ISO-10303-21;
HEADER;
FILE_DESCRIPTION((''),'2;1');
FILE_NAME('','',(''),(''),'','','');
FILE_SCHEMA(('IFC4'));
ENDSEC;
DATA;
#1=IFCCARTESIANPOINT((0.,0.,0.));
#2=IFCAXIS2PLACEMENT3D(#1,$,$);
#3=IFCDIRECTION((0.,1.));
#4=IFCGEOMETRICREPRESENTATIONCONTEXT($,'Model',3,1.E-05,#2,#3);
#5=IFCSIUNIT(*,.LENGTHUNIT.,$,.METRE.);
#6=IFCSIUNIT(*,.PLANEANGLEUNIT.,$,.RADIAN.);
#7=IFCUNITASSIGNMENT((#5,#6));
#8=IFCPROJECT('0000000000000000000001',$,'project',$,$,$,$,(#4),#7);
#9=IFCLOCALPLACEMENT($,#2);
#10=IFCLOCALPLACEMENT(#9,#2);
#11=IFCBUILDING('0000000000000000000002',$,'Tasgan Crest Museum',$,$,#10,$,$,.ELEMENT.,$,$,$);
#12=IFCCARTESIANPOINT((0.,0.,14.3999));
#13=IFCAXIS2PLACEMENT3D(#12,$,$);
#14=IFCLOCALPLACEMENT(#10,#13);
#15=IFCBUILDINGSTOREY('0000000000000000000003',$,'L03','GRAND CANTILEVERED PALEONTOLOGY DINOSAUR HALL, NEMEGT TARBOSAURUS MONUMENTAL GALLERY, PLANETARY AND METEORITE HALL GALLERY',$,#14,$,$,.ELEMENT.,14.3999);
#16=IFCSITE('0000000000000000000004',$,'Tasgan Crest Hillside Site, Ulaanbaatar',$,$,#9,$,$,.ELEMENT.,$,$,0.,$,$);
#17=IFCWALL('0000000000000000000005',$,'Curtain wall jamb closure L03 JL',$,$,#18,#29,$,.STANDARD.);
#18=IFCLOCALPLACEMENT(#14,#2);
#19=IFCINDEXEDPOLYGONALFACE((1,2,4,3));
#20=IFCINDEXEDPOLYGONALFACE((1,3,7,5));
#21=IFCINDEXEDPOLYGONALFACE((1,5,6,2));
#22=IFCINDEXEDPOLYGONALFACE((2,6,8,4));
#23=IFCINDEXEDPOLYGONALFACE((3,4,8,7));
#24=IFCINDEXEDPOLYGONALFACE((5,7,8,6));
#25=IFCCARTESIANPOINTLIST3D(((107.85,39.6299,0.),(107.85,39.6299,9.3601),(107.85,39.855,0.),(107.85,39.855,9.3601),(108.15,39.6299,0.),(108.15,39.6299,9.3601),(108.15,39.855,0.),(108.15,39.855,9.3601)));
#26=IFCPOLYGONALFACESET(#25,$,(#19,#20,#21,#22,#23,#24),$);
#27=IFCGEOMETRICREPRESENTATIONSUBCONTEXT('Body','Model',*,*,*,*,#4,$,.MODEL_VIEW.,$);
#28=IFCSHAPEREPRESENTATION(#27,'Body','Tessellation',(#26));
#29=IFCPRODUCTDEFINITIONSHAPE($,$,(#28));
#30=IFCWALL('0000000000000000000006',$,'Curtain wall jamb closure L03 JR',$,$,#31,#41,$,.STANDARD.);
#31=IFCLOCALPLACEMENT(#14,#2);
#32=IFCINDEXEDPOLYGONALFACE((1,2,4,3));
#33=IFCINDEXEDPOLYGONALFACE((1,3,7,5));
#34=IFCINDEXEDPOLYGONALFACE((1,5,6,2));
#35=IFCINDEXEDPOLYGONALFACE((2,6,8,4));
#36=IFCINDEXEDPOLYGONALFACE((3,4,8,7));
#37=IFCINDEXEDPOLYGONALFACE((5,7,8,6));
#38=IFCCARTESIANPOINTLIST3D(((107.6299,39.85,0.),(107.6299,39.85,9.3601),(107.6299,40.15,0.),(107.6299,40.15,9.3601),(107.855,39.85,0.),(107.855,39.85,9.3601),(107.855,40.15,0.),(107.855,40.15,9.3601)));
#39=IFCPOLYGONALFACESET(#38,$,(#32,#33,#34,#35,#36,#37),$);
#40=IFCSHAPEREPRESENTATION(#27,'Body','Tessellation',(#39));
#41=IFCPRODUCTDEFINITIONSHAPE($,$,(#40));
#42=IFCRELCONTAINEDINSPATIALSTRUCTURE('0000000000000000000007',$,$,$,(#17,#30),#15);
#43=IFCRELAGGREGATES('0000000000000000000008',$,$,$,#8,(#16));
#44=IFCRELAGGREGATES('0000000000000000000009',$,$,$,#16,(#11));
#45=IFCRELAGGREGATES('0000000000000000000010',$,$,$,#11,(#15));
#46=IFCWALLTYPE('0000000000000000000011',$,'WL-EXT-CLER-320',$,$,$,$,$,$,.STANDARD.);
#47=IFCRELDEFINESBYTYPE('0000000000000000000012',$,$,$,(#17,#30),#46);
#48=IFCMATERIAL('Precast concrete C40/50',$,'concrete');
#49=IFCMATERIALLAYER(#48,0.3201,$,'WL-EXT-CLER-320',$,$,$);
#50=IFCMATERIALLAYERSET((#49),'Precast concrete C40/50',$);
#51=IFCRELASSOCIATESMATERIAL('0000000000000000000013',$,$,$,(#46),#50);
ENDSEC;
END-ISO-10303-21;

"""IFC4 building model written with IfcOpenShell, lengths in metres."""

from ifc_helpers import new_model, si_unit, direction, frame, frame_2d, origin, place, context, subcontext, project, spatial, rectangle, extrude, material, layer, layer_set, type_object, element, save


model = new_model("IFC4")

# Units and contexts
model_context = context("Model", 3, precision=1e-05, world=origin(), true_north=direction((0.0, 1.0)))
body_context = subcontext(model_context, "Body", "Model", "MODEL_VIEW")
ifc_project = project(units=[si_unit("LENGTHUNIT", "METRE"), si_unit("PLANEANGLEUNIT", "RADIAN")], contexts=[model_context])

# Site, building, storey
site_placement = place(None, origin())
site = spatial("IfcSite", under=ifc_project, at=site_placement, Name="Tasgan Crest Hillside Site, Ulaanbaatar", CompositionType="ELEMENT", RefElevation=0.0)
building_placement = place(site_placement, origin())
building = spatial("IfcBuilding", under=site, at=building_placement, Name="Tasgan Crest Museum", CompositionType="ELEMENT")
storey_placement = place(building_placement, frame((0.0, 0.0, 14.3999)))
storey = spatial("IfcBuildingStorey", under=building, at=storey_placement, Name="L03", Description="GRAND CANTILEVERED PALEONTOLOGY DINOSAUR HALL, NEMEGT TARBOSAURUS MONUMENTAL GALLERY, PLANETARY AND METEORITE HALL GALLERY", CompositionType="ELEMENT", Elevation=14.3999)

# Walls
ifc_material_1 = material(Name="Precast concrete C40/50", Category="concrete")
ifc_layer_1 = layer(ifc_material_1, 0.3201, Name="WL-EXT-CLER-320")
ifc_layer_set_1 = layer_set([ifc_layer_1], Name="Precast concrete C40/50")
wall_type_1 = type_object("IfcWallType", Name="WL-EXT-CLER-320", PredefinedType="STANDARD", material=ifc_layer_set_1)
for number, where, z_axis, x_axis, name in (
    (1, (108.0, 39.855, 0.0), (0.0, 0.0, 1.0), (0.0, -1.0, 0.0), "Curtain wall jamb closure L03 JL"),
    (2, (107.6299, 40.0, 0.0), (0.0, 0.0, 1.0), (1.0, 0.0, 0.0), "Curtain wall jamb closure L03 JR"),
):
    element("IfcWall", number, at=place(storey_placement, frame(where, z_axis=z_axis, x_axis=x_axis)), inside=storey, type_object=wall_type_1, Name=name, PredefinedType="STANDARD", context=body_context, shape_type="SweptSolid", body=[
        extrude(rectangle(XDim=0.2251, YDim=0.3, at=frame_2d((0.1125, 0.0))), origin(), (0.0, 0.0, 1.0), 9.3601),
    ])

save(model, "model.ifc")
